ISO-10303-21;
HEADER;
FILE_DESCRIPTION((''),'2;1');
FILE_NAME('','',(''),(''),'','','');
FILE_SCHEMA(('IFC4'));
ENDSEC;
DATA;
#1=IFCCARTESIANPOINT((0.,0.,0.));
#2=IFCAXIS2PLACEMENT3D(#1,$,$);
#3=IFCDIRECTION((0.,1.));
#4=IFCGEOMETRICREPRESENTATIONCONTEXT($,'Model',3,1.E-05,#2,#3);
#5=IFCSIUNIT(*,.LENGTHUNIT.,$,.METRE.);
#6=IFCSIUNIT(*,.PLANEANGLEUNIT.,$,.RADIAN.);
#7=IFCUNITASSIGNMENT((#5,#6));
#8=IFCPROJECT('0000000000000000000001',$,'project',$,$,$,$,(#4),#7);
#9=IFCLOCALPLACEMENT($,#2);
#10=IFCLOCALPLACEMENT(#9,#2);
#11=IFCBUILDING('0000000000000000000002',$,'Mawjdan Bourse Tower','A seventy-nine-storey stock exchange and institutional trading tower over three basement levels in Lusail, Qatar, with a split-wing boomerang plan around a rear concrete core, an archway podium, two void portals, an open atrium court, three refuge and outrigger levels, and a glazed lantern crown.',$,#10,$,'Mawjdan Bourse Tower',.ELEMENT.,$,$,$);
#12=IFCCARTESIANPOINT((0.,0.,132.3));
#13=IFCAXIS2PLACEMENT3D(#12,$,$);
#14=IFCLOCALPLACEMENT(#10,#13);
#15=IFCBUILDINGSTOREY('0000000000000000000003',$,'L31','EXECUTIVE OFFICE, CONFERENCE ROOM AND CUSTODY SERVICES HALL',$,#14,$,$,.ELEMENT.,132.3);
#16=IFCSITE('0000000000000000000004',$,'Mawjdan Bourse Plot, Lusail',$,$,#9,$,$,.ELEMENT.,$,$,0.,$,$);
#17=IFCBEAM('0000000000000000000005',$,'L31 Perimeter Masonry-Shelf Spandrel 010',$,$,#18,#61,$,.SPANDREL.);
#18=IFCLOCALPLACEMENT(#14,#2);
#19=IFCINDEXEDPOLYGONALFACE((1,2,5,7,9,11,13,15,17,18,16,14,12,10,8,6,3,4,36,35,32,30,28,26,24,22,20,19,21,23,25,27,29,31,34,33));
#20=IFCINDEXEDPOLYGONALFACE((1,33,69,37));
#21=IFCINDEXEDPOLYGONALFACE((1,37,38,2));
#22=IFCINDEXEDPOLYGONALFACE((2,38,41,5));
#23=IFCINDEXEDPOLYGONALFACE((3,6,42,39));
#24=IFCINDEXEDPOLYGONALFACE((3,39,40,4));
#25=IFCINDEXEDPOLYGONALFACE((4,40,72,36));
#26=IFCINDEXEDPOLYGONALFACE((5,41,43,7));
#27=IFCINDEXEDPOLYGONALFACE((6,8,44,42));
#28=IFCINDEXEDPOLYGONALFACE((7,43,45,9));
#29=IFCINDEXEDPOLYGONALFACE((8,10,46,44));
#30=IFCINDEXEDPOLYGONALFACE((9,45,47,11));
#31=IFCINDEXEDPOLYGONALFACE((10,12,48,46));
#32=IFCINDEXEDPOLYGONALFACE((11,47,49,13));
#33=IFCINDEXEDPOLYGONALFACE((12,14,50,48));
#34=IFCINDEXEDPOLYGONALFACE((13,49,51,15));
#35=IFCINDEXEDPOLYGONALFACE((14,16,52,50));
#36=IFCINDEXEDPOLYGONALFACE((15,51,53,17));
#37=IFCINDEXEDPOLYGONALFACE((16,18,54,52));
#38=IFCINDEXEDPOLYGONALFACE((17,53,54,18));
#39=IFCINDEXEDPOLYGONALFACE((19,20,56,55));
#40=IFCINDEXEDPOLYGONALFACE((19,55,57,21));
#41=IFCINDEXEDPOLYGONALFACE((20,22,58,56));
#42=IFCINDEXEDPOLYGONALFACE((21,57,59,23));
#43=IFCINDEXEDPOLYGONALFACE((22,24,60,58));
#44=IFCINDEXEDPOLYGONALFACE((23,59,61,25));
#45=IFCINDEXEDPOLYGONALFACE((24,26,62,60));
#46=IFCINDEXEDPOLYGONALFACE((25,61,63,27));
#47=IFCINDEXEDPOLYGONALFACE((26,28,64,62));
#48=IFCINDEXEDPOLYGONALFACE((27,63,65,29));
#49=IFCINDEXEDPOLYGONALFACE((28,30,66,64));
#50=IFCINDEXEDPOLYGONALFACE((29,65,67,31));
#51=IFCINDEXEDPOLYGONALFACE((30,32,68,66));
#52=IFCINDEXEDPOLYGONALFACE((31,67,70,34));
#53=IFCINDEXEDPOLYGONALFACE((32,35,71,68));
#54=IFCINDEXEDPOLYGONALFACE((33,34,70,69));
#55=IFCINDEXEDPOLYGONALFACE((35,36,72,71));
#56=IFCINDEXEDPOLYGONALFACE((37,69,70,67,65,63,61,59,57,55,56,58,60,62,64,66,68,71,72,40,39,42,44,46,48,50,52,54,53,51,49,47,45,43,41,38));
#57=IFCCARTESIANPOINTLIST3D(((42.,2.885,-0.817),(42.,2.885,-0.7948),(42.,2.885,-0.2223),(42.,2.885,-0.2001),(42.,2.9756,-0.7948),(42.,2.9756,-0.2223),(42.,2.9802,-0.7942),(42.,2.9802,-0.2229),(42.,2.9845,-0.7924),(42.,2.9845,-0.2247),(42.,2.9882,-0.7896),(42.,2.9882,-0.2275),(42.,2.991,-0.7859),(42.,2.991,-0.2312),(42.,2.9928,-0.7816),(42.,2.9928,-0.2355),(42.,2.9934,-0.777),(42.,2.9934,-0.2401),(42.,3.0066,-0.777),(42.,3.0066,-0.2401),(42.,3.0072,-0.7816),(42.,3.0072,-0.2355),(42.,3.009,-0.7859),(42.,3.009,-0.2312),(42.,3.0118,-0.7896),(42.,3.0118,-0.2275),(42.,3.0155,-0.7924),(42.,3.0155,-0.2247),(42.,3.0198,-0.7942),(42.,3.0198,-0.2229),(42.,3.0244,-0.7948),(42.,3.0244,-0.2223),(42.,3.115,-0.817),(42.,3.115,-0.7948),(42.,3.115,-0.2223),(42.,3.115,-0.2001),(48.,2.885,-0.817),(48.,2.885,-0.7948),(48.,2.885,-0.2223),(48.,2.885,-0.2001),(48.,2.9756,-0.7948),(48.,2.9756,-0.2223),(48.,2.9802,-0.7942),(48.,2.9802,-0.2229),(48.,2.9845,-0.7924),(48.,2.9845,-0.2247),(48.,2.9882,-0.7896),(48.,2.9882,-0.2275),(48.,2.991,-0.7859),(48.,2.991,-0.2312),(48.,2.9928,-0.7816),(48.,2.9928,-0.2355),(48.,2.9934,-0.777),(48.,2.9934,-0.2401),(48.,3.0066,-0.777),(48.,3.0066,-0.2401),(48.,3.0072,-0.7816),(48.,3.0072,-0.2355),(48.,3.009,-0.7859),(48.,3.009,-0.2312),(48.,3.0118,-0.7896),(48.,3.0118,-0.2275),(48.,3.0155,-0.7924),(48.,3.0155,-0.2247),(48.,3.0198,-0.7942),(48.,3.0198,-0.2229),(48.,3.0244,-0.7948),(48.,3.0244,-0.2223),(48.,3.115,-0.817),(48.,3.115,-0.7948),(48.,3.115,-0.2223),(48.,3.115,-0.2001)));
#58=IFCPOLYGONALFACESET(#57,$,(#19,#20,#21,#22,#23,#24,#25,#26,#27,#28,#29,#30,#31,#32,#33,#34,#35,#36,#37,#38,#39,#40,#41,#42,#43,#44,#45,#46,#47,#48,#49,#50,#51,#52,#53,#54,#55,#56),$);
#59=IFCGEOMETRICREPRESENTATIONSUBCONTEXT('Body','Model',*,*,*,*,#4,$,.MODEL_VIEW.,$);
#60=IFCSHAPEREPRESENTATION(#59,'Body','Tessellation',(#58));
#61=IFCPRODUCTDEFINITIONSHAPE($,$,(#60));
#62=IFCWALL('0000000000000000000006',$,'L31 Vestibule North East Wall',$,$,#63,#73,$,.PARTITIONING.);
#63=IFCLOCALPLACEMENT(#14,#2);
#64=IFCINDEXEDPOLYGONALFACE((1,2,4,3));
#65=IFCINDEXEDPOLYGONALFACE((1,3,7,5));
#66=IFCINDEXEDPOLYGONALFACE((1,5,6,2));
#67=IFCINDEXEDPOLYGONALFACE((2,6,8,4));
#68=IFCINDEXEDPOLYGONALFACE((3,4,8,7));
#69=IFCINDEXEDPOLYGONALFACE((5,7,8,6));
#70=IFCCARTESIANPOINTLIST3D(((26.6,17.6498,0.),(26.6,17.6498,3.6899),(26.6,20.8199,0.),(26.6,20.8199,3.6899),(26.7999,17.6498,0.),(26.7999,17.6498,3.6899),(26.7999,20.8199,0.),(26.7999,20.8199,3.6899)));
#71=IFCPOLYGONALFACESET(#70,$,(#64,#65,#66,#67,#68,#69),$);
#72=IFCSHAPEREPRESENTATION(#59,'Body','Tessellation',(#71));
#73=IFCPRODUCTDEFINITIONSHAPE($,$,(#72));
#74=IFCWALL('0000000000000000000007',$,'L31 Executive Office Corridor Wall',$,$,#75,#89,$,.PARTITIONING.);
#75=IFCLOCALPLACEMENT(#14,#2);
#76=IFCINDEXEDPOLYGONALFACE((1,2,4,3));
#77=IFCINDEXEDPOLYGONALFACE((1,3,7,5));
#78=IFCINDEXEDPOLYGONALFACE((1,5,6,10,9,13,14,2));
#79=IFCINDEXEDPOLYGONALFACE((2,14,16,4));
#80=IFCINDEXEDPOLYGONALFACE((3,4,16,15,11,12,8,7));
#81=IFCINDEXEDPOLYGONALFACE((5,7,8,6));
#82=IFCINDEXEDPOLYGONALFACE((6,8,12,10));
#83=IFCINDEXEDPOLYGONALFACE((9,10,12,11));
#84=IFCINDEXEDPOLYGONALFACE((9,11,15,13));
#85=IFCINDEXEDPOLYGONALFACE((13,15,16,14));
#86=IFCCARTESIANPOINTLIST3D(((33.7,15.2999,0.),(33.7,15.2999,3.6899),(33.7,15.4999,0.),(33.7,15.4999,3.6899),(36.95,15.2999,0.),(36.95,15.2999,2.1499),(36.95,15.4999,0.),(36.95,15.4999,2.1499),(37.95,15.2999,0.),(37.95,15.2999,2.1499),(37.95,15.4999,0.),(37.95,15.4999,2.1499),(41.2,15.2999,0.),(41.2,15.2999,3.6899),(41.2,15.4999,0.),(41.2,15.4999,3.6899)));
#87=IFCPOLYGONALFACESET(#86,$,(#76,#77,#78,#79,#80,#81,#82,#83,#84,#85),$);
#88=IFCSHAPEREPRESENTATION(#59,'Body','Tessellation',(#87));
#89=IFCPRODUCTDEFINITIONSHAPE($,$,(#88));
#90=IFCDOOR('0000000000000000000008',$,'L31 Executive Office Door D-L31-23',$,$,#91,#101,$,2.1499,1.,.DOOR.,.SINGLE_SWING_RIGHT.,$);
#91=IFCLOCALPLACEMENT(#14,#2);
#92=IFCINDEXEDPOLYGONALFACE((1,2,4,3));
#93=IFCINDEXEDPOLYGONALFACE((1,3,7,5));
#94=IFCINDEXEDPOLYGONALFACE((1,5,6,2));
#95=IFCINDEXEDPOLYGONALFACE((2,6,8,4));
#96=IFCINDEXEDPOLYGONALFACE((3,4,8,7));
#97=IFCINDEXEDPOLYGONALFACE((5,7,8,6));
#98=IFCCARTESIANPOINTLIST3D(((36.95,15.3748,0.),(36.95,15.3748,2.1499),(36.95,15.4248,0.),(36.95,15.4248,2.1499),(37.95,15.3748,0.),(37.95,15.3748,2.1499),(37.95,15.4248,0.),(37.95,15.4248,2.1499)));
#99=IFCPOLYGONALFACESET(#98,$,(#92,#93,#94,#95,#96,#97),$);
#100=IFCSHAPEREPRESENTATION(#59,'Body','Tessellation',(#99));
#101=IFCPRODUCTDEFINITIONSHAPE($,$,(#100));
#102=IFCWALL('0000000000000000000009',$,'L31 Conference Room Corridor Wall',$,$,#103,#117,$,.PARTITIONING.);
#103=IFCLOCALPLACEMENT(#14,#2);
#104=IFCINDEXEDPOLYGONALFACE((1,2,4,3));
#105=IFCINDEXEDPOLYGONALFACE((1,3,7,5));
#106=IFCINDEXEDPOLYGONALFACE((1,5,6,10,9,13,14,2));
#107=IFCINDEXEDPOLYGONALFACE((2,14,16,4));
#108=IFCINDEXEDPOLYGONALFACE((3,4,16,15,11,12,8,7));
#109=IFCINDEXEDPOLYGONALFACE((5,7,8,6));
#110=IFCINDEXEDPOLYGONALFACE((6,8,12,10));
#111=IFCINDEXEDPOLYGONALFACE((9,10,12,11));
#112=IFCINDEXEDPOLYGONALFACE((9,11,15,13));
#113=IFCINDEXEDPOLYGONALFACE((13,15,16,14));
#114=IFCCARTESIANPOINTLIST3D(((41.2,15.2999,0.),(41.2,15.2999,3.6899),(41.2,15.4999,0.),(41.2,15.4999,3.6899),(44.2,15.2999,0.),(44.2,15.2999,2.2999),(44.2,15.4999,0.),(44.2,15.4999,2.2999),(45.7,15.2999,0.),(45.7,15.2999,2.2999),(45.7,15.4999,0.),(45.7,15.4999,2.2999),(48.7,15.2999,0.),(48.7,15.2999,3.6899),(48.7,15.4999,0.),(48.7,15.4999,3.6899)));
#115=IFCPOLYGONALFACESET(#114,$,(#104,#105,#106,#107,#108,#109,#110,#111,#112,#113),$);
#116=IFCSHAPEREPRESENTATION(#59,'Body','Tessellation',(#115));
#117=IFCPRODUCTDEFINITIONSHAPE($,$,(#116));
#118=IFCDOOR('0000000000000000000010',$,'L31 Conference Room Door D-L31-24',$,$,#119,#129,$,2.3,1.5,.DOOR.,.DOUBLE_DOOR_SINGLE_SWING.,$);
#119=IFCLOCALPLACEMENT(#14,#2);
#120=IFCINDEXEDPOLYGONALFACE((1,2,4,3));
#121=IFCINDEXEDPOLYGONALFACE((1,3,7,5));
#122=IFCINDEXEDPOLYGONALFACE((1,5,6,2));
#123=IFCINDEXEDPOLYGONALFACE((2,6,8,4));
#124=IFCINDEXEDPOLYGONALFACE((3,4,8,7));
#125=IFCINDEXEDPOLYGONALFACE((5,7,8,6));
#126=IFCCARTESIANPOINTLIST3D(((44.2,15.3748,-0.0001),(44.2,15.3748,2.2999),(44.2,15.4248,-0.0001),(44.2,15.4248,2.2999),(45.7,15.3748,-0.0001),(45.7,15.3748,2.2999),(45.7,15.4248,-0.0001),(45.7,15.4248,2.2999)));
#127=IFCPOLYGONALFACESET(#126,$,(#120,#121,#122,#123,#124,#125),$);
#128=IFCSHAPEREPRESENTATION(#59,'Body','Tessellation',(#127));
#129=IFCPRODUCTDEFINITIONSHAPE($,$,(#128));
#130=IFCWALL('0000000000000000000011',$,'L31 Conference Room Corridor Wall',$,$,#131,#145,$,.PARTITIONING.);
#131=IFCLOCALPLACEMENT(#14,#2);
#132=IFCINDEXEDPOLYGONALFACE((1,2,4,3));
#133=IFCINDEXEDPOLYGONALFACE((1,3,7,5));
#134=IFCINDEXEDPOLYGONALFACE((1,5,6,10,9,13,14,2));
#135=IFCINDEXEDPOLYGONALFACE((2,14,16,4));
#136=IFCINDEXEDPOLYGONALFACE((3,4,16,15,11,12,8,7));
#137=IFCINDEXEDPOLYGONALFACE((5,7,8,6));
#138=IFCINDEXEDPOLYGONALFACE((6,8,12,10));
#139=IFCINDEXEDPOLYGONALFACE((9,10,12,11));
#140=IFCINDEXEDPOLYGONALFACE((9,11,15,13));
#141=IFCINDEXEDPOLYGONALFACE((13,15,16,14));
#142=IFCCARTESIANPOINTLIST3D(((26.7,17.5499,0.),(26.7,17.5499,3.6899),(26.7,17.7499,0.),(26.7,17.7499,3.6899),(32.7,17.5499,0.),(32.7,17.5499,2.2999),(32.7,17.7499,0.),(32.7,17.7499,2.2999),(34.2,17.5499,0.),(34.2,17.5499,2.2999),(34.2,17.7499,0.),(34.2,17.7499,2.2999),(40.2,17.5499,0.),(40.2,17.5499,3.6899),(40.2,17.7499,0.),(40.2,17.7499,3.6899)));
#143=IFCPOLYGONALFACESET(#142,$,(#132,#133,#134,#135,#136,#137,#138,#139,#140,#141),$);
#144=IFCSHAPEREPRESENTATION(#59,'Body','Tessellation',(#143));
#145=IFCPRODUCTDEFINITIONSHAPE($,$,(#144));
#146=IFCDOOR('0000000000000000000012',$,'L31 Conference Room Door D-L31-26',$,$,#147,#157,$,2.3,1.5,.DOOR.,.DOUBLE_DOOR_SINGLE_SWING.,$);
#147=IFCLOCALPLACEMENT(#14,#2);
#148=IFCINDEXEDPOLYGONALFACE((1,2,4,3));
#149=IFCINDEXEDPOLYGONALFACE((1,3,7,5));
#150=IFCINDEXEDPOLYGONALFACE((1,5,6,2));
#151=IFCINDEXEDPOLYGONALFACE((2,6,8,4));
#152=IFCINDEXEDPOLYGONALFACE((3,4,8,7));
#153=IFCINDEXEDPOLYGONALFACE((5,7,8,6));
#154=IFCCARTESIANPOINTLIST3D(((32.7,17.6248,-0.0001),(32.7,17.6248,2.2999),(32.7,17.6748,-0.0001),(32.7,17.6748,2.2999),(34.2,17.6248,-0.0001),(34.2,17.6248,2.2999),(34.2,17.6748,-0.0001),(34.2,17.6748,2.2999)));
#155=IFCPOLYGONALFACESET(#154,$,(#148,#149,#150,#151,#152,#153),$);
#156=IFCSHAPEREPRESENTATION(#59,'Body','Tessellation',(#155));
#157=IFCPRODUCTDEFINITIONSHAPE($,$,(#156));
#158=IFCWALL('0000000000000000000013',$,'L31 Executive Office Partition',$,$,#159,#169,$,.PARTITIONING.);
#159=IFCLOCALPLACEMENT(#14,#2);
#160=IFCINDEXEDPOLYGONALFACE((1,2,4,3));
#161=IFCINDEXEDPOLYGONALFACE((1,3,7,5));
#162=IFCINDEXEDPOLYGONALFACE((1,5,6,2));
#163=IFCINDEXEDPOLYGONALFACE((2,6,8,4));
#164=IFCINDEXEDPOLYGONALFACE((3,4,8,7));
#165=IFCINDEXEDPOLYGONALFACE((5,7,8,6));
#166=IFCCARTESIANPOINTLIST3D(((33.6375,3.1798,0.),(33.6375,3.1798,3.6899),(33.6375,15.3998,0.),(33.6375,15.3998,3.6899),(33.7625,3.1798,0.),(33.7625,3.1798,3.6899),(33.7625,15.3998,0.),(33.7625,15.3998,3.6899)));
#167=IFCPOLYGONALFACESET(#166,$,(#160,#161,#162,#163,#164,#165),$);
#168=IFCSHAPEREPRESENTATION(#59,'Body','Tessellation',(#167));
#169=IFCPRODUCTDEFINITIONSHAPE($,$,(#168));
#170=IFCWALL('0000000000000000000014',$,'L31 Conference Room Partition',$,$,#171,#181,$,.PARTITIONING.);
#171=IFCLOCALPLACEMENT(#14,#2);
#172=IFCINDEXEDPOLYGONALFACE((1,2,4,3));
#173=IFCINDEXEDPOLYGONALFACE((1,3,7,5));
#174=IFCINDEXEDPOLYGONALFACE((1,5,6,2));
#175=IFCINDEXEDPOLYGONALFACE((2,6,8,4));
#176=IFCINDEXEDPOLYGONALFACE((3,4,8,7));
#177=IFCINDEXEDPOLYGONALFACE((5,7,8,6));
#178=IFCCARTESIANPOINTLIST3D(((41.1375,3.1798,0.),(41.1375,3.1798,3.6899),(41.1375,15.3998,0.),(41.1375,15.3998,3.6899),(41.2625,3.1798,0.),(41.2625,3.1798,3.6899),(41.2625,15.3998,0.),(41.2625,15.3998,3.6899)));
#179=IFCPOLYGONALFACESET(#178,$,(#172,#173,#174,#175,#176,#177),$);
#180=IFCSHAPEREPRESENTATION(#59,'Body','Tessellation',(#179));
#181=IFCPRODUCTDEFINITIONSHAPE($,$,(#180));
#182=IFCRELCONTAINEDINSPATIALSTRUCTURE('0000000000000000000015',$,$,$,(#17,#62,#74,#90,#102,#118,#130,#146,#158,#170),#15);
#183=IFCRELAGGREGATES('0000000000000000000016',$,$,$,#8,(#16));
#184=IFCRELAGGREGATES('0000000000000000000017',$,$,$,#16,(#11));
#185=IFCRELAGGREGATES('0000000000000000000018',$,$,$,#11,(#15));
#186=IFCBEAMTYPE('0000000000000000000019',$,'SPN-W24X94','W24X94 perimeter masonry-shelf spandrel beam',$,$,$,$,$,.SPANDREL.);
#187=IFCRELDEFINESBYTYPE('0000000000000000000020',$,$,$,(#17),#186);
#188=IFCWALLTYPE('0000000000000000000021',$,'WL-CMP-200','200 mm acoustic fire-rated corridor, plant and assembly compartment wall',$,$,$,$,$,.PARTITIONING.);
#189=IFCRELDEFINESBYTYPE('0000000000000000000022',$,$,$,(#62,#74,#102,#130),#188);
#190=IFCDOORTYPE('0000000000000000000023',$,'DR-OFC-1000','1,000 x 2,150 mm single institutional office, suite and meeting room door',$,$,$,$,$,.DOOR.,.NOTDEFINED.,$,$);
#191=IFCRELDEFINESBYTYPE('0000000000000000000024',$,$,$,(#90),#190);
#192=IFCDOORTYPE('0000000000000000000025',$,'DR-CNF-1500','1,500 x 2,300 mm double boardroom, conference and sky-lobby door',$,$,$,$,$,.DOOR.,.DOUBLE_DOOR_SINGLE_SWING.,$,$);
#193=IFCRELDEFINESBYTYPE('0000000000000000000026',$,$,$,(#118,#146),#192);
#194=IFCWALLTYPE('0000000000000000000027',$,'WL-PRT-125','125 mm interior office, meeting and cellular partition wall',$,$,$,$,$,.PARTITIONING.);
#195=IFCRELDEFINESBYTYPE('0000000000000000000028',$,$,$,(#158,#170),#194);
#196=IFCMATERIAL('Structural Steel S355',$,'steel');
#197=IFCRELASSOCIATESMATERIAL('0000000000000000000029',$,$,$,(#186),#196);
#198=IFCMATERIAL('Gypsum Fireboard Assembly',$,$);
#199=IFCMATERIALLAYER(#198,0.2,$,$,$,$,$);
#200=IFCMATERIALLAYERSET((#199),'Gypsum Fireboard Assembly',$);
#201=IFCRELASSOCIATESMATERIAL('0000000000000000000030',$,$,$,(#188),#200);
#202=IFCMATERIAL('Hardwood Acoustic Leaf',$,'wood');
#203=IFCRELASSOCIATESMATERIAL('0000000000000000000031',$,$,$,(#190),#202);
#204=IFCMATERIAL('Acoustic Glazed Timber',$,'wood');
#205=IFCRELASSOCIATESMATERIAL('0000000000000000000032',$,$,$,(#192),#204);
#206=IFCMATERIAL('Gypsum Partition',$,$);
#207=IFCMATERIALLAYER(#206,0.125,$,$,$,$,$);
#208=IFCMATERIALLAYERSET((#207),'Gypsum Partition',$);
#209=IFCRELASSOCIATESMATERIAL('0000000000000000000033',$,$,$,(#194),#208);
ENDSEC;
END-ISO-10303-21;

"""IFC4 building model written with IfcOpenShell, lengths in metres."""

from ifc_helpers import new_model, si_unit, direction, frame, frame_2d, origin, origin_2d, place, context, subcontext, project, spatial, rectangle, i_section, extrude, material, layer, layer_set, material_profile, profile_set, type_object, element, fill, save


model = new_model("IFC4")

# Units and contexts
model_context = context("Model", 3, precision=1e-05, world=origin(), true_north=direction((0.0, 1.0)))
body_context = subcontext(model_context, "Body", "Model", "MODEL_VIEW")
ifc_project = project(units=[si_unit("LENGTHUNIT", "METRE"), si_unit("PLANEANGLEUNIT", "RADIAN")], contexts=[model_context])

# Site, building, storey
site_placement = place(None, origin())
site = spatial("IfcSite", under=ifc_project, at=site_placement, Name="Mawjdan Bourse Plot, Lusail", CompositionType="ELEMENT", RefElevation=0.0)
building_placement = place(site_placement, origin())
building = spatial("IfcBuilding", under=site, at=building_placement, Name="Mawjdan Bourse Tower", Description="A seventy-nine-storey stock exchange and institutional trading tower over three basement levels in Lusail, Qatar, with a split-wing boomerang plan around a rear concrete core, an archway podium, two void portals, an open atrium court, three refuge and outrigger levels, and a glazed lantern crown.", LongName="Mawjdan Bourse Tower", CompositionType="ELEMENT")
storey_placement = place(building_placement, frame((0.0, 0.0, 132.3)))
storey = spatial("IfcBuildingStorey", under=building, at=storey_placement, Name="L31", Description="EXECUTIVE OFFICE, CONFERENCE ROOM AND CUSTODY SERVICES HALL", CompositionType="ELEMENT", Elevation=132.3)

# Beam
ifc_material_1 = material(Name="Structural Steel S355", Category="steel")
ifc_material_profile_1 = material_profile(ifc_material_1, i_section(OverallWidth=0.23, OverallDepth=0.6169, WebThickness=0.0132, FlangeThickness=0.0222, FilletRadius=0.0178, at=origin_2d()), Name="W24X94")
ifc_profile_set_1 = profile_set([ifc_material_profile_1], Name="Structural Steel S355")
beam_type_1 = type_object("IfcBeamType", Name="SPN-W24X94", Description="W24X94 perimeter masonry-shelf spandrel beam", PredefinedType="SPANDREL", material=ifc_profile_set_1)
beam_1_placement = place(storey_placement, frame((42.0, 3.0, -0.5085), z_axis=(1.0, 0.0, 0.0), x_axis=(0.0, 1.0, 0.0)))
element("IfcBeam", 1, at=beam_1_placement, inside=storey, type_object=beam_type_1, Name="L31 Perimeter Masonry-Shelf Spandrel 010", PredefinedType="SPANDREL", context=body_context, shape_type="SweptSolid", body=[
    extrude(i_section(OverallWidth=0.23, OverallDepth=0.6169, WebThickness=0.0132, FlangeThickness=0.0222, FilletRadius=0.0178, at=origin_2d()), origin(), (0.0, 0.0, 1.0), 6.0),
])

# Wall
ifc_material_2 = material(Name="Gypsum Fireboard Assembly")
ifc_layer_1 = layer(ifc_material_2, 0.2)
ifc_layer_set_1 = layer_set([ifc_layer_1], Name="Gypsum Fireboard Assembly")
wall_type_1 = type_object("IfcWallType", Name="WL-CMP-200", Description="200 mm acoustic fire-rated corridor, plant and assembly compartment wall", PredefinedType="PARTITIONING", material=ifc_layer_set_1)
wall_1_placement = place(storey_placement, frame((26.7, 17.6499, 0.0), z_axis=(0.0, 0.0, 1.0), x_axis=(0.0, 1.0, 0.0)))
element("IfcWall", 2, at=wall_1_placement, inside=storey, type_object=wall_type_1, Name="L31 Vestibule North East Wall", PredefinedType="PARTITIONING", context=body_context, shape_type="SweptSolid", body=[
    extrude(rectangle(XDim=3.1702, YDim=0.2, at=frame_2d((1.585, 0.0))), origin(), (0.0, 0.0, 1.0), 3.6899),
])

# Walls, openings, doors
wall_2_placement = place(storey_placement, frame((33.7, 15.3999, 0.0), z_axis=(0.0, 0.0, 1.0), x_axis=(1.0, 0.0, 0.0)))
wall_2 = element("IfcWall", 3, at=wall_2_placement, inside=storey, type_object=wall_type_1, Name="L31 Executive Office Corridor Wall", PredefinedType="PARTITIONING", context=body_context, shape_type="SweptSolid", body=[
    extrude(rectangle(XDim=7.5, YDim=0.2, at=frame_2d((3.75, 0.0))), origin(), (0.0, 0.0, 1.0), 3.6899),
])
opening_1_placement = place(wall_2_placement, frame((3.25, 0.0, 0.0)))
opening_1 = element("IfcOpeningElement", 4, at=opening_1_placement, cuts=wall_2, PredefinedType="OPENING", context=body_context, shape_type="SweptSolid", body=[
    extrude(rectangle(XDim=1.0, YDim=2.1499, at=frame_2d((0.5, 1.075))), frame((0.0, 0.1099, 0.0), z_axis=(0.0, -1.0, 0.0), x_axis=(1.0, 0.0, 0.0)), (0.0, 0.0, 1.0), 0.22),
])
ifc_material_3 = material(Name="Hardwood Acoustic Leaf", Category="wood")
door_type_1 = type_object("IfcDoorType", Name="DR-OFC-1000", Description="1,000 x 2,150 mm single institutional office, suite and meeting room door", OperationType="NOTDEFINED", PredefinedType="DOOR", material=ifc_material_3)
door_1_placement = place(opening_1_placement, origin())
door_1 = element("IfcDoor", 5, at=door_1_placement, inside=storey, type_object=door_type_1, Name="L31 Executive Office Door D-L31-23", OperationType="SINGLE_SWING_RIGHT", OverallHeight=2.1499, OverallWidth=1.0, PredefinedType="DOOR", context=body_context, shape_type="SweptSolid", body=[
    extrude(rectangle(XDim=1.0, YDim=2.1499, at=frame_2d((0.5, 1.075))), frame((0.0, 0.0249, 0.0), z_axis=(0.0, -1.0, 0.0), x_axis=(1.0, 0.0, 0.0)), (0.0, 0.0, 1.0), 0.05),
])
fill(opening_1, door_1)
wall_3_placement = place(storey_placement, frame((41.2, 15.3999, 0.0), z_axis=(0.0, 0.0, 1.0), x_axis=(1.0, 0.0, 0.0)))
wall_3 = element("IfcWall", 6, at=wall_3_placement, inside=storey, type_object=wall_type_1, Name="L31 Conference Room Corridor Wall", PredefinedType="PARTITIONING", context=body_context, shape_type="SweptSolid", body=[
    extrude(rectangle(XDim=7.5, YDim=0.2, at=frame_2d((3.75, 0.0))), origin(), (0.0, 0.0, 1.0), 3.6899),
])
opening_2_placement = place(wall_3_placement, frame((3.0, 0.0, 0.0)))
opening_2 = element("IfcOpeningElement", 7, at=opening_2_placement, cuts=wall_3, PredefinedType="OPENING", context=body_context, shape_type="SweptSolid", body=[
    extrude(rectangle(XDim=1.5, YDim=2.3, at=frame_2d((0.75, 1.1499))), frame((0.0, 0.1099, 0.0), z_axis=(0.0, -1.0, 0.0), x_axis=(1.0, 0.0, 0.0)), (0.0, 0.0, 1.0), 0.22),
])
ifc_material_4 = material(Name="Acoustic Glazed Timber", Category="wood")
door_type_2 = type_object("IfcDoorType", Name="DR-CNF-1500", Description="1,500 x 2,300 mm double boardroom, conference and sky-lobby door", OperationType="DOUBLE_DOOR_SINGLE_SWING", PredefinedType="DOOR", material=ifc_material_4)
door_2_placement = place(opening_2_placement, origin())
door_2 = element("IfcDoor", 8, at=door_2_placement, inside=storey, type_object=door_type_2, Name="L31 Conference Room Door D-L31-24", OperationType="DOUBLE_DOOR_SINGLE_SWING", OverallHeight=2.3, OverallWidth=1.5, PredefinedType="DOOR", context=body_context, shape_type="SweptSolid", body=[
    extrude(rectangle(XDim=1.5, YDim=2.3, at=frame_2d((0.75, 1.1499))), frame((0.0, 0.0249, 0.0), z_axis=(0.0, -1.0, 0.0), x_axis=(1.0, 0.0, 0.0)), (0.0, 0.0, 1.0), 0.05),
])
fill(opening_2, door_2)
wall_4_placement = place(storey_placement, frame((26.7, 17.6499, 0.0), z_axis=(0.0, 0.0, 1.0), x_axis=(1.0, 0.0, 0.0)))
wall_4 = element("IfcWall", 9, at=wall_4_placement, inside=storey, type_object=wall_type_1, Name="L31 Conference Room Corridor Wall", PredefinedType="PARTITIONING", context=body_context, shape_type="SweptSolid", body=[
    extrude(rectangle(XDim=13.5, YDim=0.2, at=frame_2d((6.75, 0.0))), origin(), (0.0, 0.0, 1.0), 3.6899),
])
opening_3_placement = place(wall_4_placement, frame((6.0, 0.0, 0.0)))
opening_3 = element("IfcOpeningElement", 10, at=opening_3_placement, cuts=wall_4, PredefinedType="OPENING", context=body_context, shape_type="SweptSolid", body=[
    extrude(rectangle(XDim=1.5, YDim=2.3, at=frame_2d((0.75, 1.1499))), frame((0.0, 0.1099, 0.0), z_axis=(0.0, -1.0, 0.0), x_axis=(1.0, 0.0, 0.0)), (0.0, 0.0, 1.0), 0.22),
])
door_3_placement = place(opening_3_placement, origin())
door_3 = element("IfcDoor", 11, at=door_3_placement, inside=storey, type_object=door_type_2, Name="L31 Conference Room Door D-L31-26", OperationType="DOUBLE_DOOR_SINGLE_SWING", OverallHeight=2.3, OverallWidth=1.5, PredefinedType="DOOR", context=body_context, shape_type="SweptSolid", body=[
    extrude(rectangle(XDim=1.5, YDim=2.3, at=frame_2d((0.75, 1.1499))), frame((0.0, 0.0249, 0.0), z_axis=(0.0, -1.0, 0.0), x_axis=(1.0, 0.0, 0.0)), (0.0, 0.0, 1.0), 0.05),
])
fill(opening_3, door_3)

# Walls
ifc_material_5 = material(Name="Gypsum Partition")
ifc_layer_2 = layer(ifc_material_5, 0.125)
ifc_layer_set_2 = layer_set([ifc_layer_2], Name="Gypsum Partition")
wall_type_2 = type_object("IfcWallType", Name="WL-PRT-125", Description="125 mm interior office, meeting and cellular partition wall", PredefinedType="PARTITIONING", material=ifc_layer_set_2)
for number, where, z_axis, x_axis, name in (
    (12, (33.7, 3.1799, 0.0), (0.0, 0.0, 1.0), (0.0, 1.0, 0.0), "L31 Executive Office Partition"),
    (13, (41.2, 3.1799, 0.0), (0.0, 0.0, 1.0), (0.0, 1.0, 0.0), "L31 Conference Room Partition"),
):
    element("IfcWall", number, at=place(storey_placement, frame(where, z_axis=z_axis, x_axis=x_axis)), inside=storey, type_object=wall_type_2, Name=name, PredefinedType="PARTITIONING", context=body_context, shape_type="SweptSolid", body=[
        extrude(rectangle(XDim=12.22, YDim=0.125, at=frame_2d((6.1099, 0.0))), origin(), (0.0, 0.0, 1.0), 3.6899),
    ])

save(model, "model.ifc")
